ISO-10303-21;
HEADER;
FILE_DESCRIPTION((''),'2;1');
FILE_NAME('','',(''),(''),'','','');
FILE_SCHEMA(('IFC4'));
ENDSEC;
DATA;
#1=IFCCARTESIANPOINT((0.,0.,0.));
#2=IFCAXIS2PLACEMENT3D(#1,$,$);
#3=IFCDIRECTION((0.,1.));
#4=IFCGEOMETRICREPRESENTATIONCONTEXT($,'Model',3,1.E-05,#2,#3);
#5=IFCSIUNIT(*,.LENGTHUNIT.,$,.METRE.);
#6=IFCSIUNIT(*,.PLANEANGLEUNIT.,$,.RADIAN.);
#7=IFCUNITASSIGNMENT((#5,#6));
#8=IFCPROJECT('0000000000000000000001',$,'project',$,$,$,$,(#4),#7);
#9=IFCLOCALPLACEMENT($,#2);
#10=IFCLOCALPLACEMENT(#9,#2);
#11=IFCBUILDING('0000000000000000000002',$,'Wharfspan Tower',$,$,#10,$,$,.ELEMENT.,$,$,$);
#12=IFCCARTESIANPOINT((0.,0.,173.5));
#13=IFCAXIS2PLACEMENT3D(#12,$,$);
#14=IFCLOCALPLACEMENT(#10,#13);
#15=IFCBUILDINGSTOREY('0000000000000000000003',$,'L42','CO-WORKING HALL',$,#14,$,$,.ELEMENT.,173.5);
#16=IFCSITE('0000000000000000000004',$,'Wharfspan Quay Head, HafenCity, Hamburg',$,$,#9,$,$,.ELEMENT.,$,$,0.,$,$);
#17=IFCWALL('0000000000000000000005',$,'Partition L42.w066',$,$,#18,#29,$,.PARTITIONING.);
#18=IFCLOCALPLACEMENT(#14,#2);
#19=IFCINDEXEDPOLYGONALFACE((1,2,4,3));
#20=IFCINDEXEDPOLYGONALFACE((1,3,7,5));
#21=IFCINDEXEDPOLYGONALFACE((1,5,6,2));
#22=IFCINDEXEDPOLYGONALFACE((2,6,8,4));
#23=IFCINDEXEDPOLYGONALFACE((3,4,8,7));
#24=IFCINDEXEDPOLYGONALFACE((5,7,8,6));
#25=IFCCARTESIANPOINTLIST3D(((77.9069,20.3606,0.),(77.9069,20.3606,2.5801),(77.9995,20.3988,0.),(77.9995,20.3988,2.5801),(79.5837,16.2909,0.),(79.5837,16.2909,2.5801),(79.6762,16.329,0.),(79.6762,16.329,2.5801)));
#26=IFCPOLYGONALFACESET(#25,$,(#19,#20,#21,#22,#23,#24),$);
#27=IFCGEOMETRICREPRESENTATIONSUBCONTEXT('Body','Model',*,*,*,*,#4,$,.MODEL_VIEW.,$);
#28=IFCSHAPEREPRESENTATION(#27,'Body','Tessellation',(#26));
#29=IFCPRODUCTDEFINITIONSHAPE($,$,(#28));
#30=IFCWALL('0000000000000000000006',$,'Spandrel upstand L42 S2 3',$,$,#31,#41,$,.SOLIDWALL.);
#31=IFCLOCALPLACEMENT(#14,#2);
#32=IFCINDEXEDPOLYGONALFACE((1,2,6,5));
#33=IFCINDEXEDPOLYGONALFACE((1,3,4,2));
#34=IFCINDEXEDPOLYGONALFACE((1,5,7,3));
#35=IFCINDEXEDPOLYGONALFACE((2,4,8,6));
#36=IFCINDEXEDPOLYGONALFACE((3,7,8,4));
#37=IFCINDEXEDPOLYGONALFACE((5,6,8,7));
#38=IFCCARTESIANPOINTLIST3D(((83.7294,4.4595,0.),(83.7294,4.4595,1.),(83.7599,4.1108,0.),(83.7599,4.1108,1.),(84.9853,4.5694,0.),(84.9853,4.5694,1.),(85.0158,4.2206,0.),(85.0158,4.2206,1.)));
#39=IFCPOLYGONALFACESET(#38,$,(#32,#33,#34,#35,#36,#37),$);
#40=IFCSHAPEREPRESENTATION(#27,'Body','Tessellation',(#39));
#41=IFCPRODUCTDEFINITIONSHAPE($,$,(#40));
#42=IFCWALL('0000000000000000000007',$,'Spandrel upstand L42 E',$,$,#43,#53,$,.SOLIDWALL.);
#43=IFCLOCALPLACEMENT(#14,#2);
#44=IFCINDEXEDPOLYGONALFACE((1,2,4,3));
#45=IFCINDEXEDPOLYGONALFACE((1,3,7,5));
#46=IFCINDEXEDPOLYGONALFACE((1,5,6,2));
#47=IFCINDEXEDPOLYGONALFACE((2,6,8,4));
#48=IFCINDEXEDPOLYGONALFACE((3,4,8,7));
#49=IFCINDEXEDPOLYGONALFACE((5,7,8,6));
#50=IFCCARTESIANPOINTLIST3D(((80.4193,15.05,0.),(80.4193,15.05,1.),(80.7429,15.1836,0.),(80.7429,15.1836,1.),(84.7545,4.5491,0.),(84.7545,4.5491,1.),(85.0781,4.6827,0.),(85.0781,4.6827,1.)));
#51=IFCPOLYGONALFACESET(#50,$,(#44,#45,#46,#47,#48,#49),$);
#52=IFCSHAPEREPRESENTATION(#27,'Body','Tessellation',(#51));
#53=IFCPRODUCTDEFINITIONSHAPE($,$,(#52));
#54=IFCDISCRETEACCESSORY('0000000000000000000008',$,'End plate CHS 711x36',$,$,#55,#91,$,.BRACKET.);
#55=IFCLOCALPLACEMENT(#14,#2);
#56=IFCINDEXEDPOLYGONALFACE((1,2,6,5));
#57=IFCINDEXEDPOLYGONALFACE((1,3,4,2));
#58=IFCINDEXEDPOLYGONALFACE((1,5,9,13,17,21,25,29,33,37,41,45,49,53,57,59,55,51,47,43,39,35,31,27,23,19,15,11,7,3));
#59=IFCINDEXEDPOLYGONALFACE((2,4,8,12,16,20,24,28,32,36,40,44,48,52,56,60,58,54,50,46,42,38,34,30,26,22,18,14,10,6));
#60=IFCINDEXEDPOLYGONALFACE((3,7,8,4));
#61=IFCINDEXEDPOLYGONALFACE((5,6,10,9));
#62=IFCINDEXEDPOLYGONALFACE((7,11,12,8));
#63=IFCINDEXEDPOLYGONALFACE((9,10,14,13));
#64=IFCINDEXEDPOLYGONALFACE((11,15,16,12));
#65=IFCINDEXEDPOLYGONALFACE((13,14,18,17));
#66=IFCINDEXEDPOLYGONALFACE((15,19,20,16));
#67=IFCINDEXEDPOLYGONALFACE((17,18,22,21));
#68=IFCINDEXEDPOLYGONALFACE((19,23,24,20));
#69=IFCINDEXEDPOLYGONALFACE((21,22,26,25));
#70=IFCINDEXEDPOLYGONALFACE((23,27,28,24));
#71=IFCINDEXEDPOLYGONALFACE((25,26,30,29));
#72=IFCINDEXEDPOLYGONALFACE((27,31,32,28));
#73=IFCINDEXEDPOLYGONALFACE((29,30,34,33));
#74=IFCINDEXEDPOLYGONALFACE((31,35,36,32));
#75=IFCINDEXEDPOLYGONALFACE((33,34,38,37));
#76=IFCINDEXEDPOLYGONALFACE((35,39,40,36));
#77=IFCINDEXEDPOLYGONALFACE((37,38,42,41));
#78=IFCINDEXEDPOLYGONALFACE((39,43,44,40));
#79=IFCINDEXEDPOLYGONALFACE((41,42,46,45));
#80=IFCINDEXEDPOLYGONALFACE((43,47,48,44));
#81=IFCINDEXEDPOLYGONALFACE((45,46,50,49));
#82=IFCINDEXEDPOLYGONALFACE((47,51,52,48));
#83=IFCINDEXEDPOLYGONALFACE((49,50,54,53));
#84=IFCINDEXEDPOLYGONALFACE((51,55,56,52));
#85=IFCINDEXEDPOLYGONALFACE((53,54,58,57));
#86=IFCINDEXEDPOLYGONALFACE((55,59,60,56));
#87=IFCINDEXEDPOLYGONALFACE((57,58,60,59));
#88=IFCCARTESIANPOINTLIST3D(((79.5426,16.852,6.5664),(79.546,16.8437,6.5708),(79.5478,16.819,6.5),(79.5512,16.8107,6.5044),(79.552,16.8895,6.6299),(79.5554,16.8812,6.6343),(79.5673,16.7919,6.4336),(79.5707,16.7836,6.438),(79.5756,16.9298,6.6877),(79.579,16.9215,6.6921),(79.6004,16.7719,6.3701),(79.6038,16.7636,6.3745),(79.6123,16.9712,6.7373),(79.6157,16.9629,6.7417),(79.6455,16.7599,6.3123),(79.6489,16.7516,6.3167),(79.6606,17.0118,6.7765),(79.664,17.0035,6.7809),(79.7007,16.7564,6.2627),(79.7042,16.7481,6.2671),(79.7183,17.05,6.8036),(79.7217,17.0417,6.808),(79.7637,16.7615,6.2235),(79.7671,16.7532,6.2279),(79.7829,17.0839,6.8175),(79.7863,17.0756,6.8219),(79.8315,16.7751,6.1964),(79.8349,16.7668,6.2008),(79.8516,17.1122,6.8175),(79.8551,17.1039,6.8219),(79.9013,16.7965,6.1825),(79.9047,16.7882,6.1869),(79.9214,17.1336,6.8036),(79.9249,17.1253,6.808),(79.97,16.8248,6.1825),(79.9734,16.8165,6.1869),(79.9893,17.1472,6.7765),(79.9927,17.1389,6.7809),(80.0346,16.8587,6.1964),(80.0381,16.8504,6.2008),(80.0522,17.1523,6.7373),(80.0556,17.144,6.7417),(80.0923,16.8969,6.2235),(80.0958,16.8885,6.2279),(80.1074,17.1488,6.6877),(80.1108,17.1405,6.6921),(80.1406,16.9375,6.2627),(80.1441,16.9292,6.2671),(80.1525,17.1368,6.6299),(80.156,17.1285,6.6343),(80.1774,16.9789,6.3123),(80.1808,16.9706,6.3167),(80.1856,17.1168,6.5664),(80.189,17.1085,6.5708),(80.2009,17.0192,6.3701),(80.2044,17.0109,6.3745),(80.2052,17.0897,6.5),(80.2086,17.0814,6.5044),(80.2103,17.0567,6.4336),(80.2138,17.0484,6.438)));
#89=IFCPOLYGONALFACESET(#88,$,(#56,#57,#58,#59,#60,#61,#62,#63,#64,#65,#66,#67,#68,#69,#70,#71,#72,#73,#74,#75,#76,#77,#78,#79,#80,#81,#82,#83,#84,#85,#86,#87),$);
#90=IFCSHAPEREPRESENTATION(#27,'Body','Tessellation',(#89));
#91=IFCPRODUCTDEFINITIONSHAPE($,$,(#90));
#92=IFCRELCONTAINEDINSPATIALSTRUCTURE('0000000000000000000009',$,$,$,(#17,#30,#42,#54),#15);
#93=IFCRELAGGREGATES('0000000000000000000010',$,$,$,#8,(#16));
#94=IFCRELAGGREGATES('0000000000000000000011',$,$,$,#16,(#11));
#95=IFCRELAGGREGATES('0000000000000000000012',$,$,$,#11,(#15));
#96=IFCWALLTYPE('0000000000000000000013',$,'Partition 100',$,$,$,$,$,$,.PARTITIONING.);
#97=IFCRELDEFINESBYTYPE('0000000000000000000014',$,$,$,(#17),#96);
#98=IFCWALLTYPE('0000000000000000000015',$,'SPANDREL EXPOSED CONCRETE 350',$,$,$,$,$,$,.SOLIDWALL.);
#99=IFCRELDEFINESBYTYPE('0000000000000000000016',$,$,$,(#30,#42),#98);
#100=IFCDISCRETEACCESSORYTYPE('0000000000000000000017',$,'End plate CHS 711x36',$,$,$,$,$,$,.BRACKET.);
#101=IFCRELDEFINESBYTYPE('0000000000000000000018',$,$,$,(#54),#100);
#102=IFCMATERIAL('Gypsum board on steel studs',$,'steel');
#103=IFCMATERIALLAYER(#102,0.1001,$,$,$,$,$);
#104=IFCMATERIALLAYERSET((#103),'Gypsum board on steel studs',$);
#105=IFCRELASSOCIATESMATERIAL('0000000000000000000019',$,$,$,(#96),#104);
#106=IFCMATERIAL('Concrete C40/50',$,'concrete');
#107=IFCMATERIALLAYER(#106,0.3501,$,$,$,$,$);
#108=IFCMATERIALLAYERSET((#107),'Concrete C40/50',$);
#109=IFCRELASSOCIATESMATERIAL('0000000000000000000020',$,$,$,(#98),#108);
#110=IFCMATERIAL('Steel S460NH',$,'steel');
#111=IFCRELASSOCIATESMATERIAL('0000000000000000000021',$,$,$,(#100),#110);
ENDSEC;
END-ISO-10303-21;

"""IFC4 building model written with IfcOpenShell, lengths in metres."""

from ifc_helpers import new_model, si_unit, direction, frame, frame_2d, origin, origin_2d, place, context, subcontext, project, spatial, rectangle, circle, extrude, material, layer, layer_set, material_profile, profile_set, type_object, element, save


model = new_model("IFC4")

# Units and contexts
model_context = context("Model", 3, precision=1e-05, world=origin(), true_north=direction((0.0, 1.0)))
body_context = subcontext(model_context, "Body", "Model", "MODEL_VIEW")
ifc_project = project(units=[si_unit("LENGTHUNIT", "METRE"), si_unit("PLANEANGLEUNIT", "RADIAN")], contexts=[model_context])

# Site, building, storey
site_placement = place(None, origin())
site = spatial("IfcSite", under=ifc_project, at=site_placement, Name="Wharfspan Quay Head, HafenCity, Hamburg", CompositionType="ELEMENT", RefElevation=0.0)
building_placement = place(site_placement, origin())
building = spatial("IfcBuilding", under=site, at=building_placement, Name="Wharfspan Tower", CompositionType="ELEMENT")
storey_placement = place(building_placement, frame((0.0, 0.0, 173.5)))
storey = spatial("IfcBuildingStorey", under=building, at=storey_placement, Name="L42", Description="CO-WORKING HALL", CompositionType="ELEMENT", Elevation=173.5)

# Walls
ifc_material_1 = material(Name="Gypsum board on steel studs", Category="steel")
ifc_layer_1 = layer(ifc_material_1, 0.1001)
ifc_layer_set_1 = layer_set([ifc_layer_1], Name="Gypsum board on steel studs")
wall_type_1 = type_object("IfcWallType", Name="Partition 100", PredefinedType="PARTITIONING", material=ifc_layer_set_1)
wall_1_placement = place(storey_placement, frame((79.6299, 16.3101, 0.0), z_axis=(0.0, 0.0, 1.0), x_axis=(-0.380933, 0.9246, 0.0)))
element("IfcWall", 1, at=wall_1_placement, inside=storey, type_object=wall_type_1, Name="Partition L42.w066", PredefinedType="PARTITIONING", context=body_context, shape_type="SweptSolid", body=[
    extrude(rectangle(XDim=4.4016, YDim=0.1001, at=frame_2d((2.2007, 0.0))), origin(), (0.0, 0.0, 1.0), 2.5801),
])
ifc_material_2 = material(Name="Concrete C40/50", Category="concrete")
ifc_layer_2 = layer(ifc_material_2, 0.3501)
ifc_layer_set_2 = layer_set([ifc_layer_2], Name="Concrete C40/50")
wall_type_2 = type_object("IfcWallType", Name="SPANDREL EXPOSED CONCRETE 350", PredefinedType="SOLIDWALL", material=ifc_layer_set_2)
wall_2_placement = place(storey_placement, frame((83.7446, 4.2852, 0.0), z_axis=(0.0, 0.0, 1.0), x_axis=(0.996198, 0.087148, 0.0)))
element("IfcWall", 2, at=wall_2_placement, inside=storey, type_object=wall_type_2, Name="Spandrel upstand L42 S2 3", PredefinedType="SOLIDWALL", context=body_context, shape_type="SweptSolid", body=[
    extrude(rectangle(XDim=1.2607, YDim=0.3501, at=frame_2d((0.6304, 0.0))), origin(), (0.0, 0.0, 1.0), 1.0),
])
wall_3_placement = place(storey_placement, frame((84.9163, 4.616, 0.0), z_axis=(0.0, 0.0, 1.0), x_axis=(-0.381598, 0.924328, 0.0)))
element("IfcWall", 3, at=wall_3_placement, inside=storey, type_object=wall_type_2, Name="Spandrel upstand L42 E", PredefinedType="SOLIDWALL", context=body_context, shape_type="SweptSolid", body=[
    extrude(rectangle(XDim=11.3606, YDim=0.3501, at=frame_2d((5.6802, 0.0))), origin(), (0.0, 0.0, 1.0), 1.0),
])

# Discrete accessory
ifc_material_3 = material(Name="Steel S460NH", Category="steel")
ifc_material_profile_1 = material_profile(ifc_material_3, circle(Radius=0.3555, at=origin_2d()))
ifc_profile_set_1 = profile_set([ifc_material_profile_1], Name="Steel S460NH")
discrete_accessory_type = type_object("IfcDiscreteAccessoryType", Name="End plate CHS 711x36", PredefinedType="BRACKET", material=ifc_profile_set_1)
discrete_accessory_placement = place(storey_placement, frame((79.8765, 16.9543, 6.5), z_axis=(0.341972, -0.830504, 0.439679), x_axis=(0.924678, 0.380749, -0.000001)))
element("IfcDiscreteAccessory", 4, at=discrete_accessory_placement, inside=storey, type_object=discrete_accessory_type, Name="End plate CHS 711x36", PredefinedType="BRACKET", context=body_context, shape_type="SweptSolid", body=[
    extrude(circle(Radius=0.3555, at=origin_2d()), origin(), (0.0, 0.0, 1.0), 0.01),
])

save(model, "model.ifc")
